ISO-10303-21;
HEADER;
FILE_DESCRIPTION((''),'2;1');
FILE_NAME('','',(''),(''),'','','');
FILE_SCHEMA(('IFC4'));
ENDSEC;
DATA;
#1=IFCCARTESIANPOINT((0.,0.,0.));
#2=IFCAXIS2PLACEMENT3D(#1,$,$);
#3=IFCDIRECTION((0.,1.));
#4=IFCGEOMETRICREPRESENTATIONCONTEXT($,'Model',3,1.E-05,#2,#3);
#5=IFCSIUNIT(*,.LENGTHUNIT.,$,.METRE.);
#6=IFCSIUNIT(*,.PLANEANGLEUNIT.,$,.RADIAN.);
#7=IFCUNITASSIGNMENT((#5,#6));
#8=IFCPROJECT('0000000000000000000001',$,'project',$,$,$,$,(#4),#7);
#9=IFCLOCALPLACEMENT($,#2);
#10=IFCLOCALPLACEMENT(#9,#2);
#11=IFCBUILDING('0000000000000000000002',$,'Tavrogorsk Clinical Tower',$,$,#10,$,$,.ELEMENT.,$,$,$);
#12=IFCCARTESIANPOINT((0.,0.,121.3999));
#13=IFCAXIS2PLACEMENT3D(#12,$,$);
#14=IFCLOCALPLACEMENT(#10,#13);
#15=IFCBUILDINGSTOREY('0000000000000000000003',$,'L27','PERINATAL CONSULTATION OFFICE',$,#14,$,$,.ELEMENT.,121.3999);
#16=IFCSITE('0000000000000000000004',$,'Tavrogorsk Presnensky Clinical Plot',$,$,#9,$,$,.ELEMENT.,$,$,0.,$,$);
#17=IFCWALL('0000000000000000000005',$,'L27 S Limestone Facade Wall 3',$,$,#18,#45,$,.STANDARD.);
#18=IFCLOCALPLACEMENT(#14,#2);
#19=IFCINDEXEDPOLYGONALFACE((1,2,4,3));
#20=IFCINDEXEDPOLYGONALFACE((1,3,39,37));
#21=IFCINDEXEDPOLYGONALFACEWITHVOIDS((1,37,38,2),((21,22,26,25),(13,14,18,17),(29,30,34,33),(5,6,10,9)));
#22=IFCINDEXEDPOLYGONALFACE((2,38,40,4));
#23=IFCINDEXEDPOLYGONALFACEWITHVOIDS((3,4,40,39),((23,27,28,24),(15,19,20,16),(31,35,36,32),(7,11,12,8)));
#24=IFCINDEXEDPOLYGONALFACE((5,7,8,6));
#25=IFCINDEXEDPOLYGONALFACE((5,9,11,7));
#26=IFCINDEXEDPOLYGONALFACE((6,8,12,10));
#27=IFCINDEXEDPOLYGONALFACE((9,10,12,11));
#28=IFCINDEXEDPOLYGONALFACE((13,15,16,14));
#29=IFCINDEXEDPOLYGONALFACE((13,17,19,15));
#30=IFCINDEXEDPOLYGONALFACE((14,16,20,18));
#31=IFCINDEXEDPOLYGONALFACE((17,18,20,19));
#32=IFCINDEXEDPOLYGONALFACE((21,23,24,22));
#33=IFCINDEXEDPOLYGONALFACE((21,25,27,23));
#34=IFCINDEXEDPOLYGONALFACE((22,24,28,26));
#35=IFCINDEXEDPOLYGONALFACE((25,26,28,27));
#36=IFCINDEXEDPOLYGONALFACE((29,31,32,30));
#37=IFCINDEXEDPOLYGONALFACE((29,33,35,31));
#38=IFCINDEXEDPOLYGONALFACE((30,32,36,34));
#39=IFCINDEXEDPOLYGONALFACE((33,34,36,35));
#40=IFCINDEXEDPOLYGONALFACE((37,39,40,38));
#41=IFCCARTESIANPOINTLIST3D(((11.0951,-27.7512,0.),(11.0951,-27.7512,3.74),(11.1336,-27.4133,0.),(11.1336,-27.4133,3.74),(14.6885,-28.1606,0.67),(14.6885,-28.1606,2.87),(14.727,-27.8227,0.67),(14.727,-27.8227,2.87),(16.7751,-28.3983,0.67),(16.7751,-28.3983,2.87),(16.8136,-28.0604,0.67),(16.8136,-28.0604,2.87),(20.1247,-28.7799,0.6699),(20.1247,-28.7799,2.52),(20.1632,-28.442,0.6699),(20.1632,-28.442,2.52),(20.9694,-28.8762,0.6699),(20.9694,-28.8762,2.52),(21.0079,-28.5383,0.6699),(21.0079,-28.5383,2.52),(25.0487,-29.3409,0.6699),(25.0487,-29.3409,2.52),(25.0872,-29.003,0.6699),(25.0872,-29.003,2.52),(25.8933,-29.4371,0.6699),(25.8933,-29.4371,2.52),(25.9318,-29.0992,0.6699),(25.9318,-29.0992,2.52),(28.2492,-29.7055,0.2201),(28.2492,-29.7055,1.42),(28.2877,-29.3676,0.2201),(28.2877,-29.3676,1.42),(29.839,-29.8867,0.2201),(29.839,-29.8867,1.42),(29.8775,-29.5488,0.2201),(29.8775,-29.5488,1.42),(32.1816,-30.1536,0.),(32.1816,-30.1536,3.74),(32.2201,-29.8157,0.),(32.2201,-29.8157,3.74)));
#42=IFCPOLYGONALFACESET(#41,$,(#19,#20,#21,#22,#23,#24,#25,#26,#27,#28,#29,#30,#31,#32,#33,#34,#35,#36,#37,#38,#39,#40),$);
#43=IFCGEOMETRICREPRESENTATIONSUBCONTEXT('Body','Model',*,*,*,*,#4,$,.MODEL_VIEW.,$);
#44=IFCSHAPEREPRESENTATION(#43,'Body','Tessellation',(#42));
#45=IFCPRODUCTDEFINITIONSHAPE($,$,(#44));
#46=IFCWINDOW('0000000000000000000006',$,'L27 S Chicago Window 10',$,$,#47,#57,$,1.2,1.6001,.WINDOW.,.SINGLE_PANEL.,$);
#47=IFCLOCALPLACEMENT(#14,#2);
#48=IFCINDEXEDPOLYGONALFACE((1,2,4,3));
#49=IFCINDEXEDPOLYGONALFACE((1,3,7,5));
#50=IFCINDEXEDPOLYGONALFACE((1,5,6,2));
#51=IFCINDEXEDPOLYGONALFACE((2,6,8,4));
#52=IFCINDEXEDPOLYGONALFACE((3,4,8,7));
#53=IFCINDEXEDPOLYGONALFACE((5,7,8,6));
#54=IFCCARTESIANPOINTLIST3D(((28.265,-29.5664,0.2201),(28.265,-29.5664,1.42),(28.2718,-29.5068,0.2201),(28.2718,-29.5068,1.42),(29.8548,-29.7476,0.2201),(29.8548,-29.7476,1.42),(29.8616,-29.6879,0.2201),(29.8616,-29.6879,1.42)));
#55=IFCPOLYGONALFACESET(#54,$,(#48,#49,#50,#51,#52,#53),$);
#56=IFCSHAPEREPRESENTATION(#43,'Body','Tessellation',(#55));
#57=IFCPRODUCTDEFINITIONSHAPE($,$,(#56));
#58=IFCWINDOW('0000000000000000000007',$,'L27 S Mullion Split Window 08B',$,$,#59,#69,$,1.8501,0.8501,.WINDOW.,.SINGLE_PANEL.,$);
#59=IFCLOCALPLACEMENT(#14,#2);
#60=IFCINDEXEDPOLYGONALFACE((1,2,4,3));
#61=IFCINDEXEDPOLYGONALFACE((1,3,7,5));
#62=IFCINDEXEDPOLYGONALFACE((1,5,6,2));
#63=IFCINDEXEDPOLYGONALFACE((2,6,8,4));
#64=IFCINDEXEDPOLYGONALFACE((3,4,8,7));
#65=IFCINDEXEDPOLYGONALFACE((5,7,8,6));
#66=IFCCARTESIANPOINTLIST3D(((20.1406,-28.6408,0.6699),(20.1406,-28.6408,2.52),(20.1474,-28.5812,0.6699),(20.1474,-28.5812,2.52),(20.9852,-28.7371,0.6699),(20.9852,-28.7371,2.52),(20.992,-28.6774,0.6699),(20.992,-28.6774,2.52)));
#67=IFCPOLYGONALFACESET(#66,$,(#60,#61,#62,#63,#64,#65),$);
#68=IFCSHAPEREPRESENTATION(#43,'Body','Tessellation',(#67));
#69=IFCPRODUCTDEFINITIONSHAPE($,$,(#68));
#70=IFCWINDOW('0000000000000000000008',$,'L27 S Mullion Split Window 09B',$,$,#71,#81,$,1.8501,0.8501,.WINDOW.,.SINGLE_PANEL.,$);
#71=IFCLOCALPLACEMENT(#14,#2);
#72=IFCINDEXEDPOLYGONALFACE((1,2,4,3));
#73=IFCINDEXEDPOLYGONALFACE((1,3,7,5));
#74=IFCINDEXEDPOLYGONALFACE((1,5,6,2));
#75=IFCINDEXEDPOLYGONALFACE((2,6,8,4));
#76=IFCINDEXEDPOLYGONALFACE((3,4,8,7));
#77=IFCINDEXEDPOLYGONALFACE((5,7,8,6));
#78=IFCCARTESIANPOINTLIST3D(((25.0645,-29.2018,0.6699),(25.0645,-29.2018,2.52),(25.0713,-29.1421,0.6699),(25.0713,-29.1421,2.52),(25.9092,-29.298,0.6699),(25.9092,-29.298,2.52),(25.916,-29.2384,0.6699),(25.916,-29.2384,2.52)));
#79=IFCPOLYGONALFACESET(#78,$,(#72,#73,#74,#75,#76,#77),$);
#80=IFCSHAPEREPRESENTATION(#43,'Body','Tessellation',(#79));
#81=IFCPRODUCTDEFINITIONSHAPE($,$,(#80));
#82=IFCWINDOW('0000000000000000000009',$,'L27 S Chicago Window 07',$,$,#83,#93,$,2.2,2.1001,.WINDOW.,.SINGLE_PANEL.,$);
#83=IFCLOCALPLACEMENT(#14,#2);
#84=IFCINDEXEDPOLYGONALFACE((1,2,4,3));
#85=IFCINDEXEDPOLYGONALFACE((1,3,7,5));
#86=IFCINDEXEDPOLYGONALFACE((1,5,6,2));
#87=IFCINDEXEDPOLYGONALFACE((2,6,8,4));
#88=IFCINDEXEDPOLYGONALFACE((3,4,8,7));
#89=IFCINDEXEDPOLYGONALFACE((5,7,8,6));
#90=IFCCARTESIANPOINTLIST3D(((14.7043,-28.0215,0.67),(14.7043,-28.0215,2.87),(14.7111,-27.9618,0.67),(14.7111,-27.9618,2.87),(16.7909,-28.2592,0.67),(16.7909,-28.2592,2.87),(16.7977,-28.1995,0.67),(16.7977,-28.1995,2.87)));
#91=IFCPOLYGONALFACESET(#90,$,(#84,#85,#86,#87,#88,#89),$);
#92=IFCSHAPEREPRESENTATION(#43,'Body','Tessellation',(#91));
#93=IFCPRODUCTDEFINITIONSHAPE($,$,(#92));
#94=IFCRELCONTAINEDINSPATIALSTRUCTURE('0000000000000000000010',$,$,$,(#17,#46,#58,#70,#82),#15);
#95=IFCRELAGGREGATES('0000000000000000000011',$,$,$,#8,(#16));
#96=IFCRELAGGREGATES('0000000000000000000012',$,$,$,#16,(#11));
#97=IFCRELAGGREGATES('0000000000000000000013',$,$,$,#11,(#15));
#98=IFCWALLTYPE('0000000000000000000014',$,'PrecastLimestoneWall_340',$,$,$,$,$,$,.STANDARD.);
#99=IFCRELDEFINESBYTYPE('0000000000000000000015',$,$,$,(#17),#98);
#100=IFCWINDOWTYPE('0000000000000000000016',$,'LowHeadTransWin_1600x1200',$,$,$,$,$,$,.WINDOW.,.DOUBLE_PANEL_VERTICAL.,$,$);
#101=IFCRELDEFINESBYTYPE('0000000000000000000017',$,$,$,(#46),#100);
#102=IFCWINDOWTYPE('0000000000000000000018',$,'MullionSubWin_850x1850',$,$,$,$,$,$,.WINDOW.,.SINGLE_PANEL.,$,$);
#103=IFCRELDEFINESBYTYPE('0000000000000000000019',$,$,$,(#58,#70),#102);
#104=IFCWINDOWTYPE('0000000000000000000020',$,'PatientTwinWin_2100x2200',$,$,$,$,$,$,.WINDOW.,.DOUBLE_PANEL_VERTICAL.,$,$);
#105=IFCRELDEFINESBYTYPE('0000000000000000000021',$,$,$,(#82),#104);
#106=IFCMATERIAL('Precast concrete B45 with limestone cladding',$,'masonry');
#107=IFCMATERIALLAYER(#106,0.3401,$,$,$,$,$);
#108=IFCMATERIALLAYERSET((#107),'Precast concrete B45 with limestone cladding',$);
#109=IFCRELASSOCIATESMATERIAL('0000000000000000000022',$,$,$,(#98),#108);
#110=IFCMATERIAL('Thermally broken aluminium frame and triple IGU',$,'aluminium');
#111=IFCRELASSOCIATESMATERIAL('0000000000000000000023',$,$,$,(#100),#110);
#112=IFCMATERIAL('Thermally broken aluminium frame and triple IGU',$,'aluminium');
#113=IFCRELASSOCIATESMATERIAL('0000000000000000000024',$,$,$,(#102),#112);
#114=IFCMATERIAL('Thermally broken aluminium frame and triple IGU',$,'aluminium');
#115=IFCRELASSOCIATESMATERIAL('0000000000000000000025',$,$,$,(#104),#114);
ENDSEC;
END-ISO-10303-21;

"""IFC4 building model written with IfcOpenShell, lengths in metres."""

from ifc_helpers import new_model, si_unit, direction, frame, frame_2d, origin, place, context, subcontext, project, spatial, rectangle, extrude, material, layer, layer_set, type_object, element, fill, save


model = new_model("IFC4")

# Units and contexts
model_context = context("Model", 3, precision=1e-05, world=origin(), true_north=direction((0.0, 1.0)))
body_context = subcontext(model_context, "Body", "Model", "MODEL_VIEW")
ifc_project = project(units=[si_unit("LENGTHUNIT", "METRE"), si_unit("PLANEANGLEUNIT", "RADIAN")], contexts=[model_context])

# Site, building, storey
site_placement = place(None, origin())
site = spatial("IfcSite", under=ifc_project, at=site_placement, Name="Tavrogorsk Presnensky Clinical Plot", CompositionType="ELEMENT", RefElevation=0.0)
building_placement = place(site_placement, origin())
building = spatial("IfcBuilding", under=site, at=building_placement, Name="Tavrogorsk Clinical Tower", CompositionType="ELEMENT")
storey_placement = place(building_placement, frame((0.0, 0.0, 121.3999)))
storey = spatial("IfcBuildingStorey", under=building, at=storey_placement, Name="L27", Description="PERINATAL CONSULTATION OFFICE", CompositionType="ELEMENT", Elevation=121.3999)

# Wall, openings, windows
ifc_material_1 = material(Name="Precast concrete B45 with limestone cladding", Category="masonry")
ifc_layer_1 = layer(ifc_material_1, 0.3401)
ifc_layer_set_1 = layer_set([ifc_layer_1], Name="Precast concrete B45 with limestone cladding")
wall_type_1 = type_object("IfcWallType", Name="PrecastLimestoneWall_340", PredefinedType="STANDARD", material=ifc_layer_set_1)
wall_1_placement = place(storey_placement, frame((11.1145, -27.5823, 0.0), z_axis=(0.0, 0.0, 1.0), x_axis=(0.993573, -0.113196, 0.0)))
wall_1 = element("IfcWall", 1, at=wall_1_placement, inside=storey, type_object=wall_type_1, Name="L27 S Limestone Facade Wall 3", PredefinedType="STANDARD", context=body_context, shape_type="SweptSolid", body=[
    extrude(rectangle(XDim=21.2229, YDim=0.3401, at=frame_2d((10.6113, 0.0))), origin(), (0.0, 0.0, 1.0), 3.74),
])
opening_1_placement = place(wall_1_placement, frame((3.6165, 0.0, 0.6699)))
opening_1 = element("IfcOpeningElement", 2, at=opening_1_placement, cuts=wall_1, PredefinedType="OPENING", context=body_context, shape_type="SweptSolid", body=[
    extrude(rectangle(XDim=2.1001, YDim=2.2, at=frame_2d((1.05, 1.1001))), frame((0.0, 0.1799, 0.0), z_axis=(0.0, -1.0, 0.0), x_axis=(1.0, 0.0, 0.0)), (0.0, 0.0, 1.0), 0.3601),
])
opening_2_placement = place(wall_1_placement, frame((9.0879, 0.0, 0.6699)))
opening_2 = element("IfcOpeningElement", 3, at=opening_2_placement, cuts=wall_1, PredefinedType="OPENING", context=body_context, shape_type="SweptSolid", body=[
    extrude(rectangle(XDim=0.8501, YDim=1.8501, at=frame_2d((0.425, 0.925))), frame((0.0, 0.1799, 0.0), z_axis=(0.0, -1.0, 0.0), x_axis=(1.0, 0.0, 0.0)), (0.0, 0.0, 1.0), 0.3601),
])
opening_3_placement = place(wall_1_placement, frame((14.0437, 0.0, 0.6699)))
opening_3 = element("IfcOpeningElement", 4, at=opening_3_placement, cuts=wall_1, PredefinedType="OPENING", context=body_context, shape_type="SweptSolid", body=[
    extrude(rectangle(XDim=0.8501, YDim=1.8501, at=frame_2d((0.425, 0.925))), frame((0.0, 0.1799, 0.0), z_axis=(0.0, -1.0, 0.0), x_axis=(1.0, 0.0, 0.0)), (0.0, 0.0, 1.0), 0.3601),
])
opening_4_placement = place(wall_1_placement, frame((17.2649, 0.0, 0.22)))
opening_4 = element("IfcOpeningElement", 5, at=opening_4_placement, cuts=wall_1, PredefinedType="OPENING", context=body_context, shape_type="SweptSolid", body=[
    extrude(rectangle(XDim=1.6001, YDim=1.2, at=frame_2d((0.8, 0.6001))), frame((0.0, 0.1799, 0.0), z_axis=(0.0, -1.0, 0.0), x_axis=(1.0, 0.0, 0.0)), (0.0, 0.0, 1.0), 0.3601),
])
ifc_material_2 = material(Name="Thermally broken aluminium frame and triple IGU", Category="aluminium")
window_type_1 = type_object("IfcWindowType", Name="LowHeadTransWin_1600x1200", PartitioningType="DOUBLE_PANEL_VERTICAL", PredefinedType="WINDOW", material=ifc_material_2)
window_1_placement = place(opening_4_placement, origin())
window_1 = element("IfcWindow", 6, at=window_1_placement, inside=storey, type_object=window_type_1, Name="L27 S Chicago Window 10", OverallHeight=1.2, OverallWidth=1.6001, PartitioningType="SINGLE_PANEL", PredefinedType="WINDOW", context=body_context, shape_type="SweptSolid", body=[
    extrude(rectangle(XDim=1.6001, YDim=1.2, at=frame_2d((0.8, 0.6001))), frame((0.0, 0.03, 0.0), z_axis=(0.0, -1.0, 0.0), x_axis=(1.0, 0.0, 0.0)), (0.0, 0.0, 1.0), 0.0601),
])
fill(opening_4, window_1)
ifc_material_3 = material(Name="Thermally broken aluminium frame and triple IGU", Category="aluminium")
window_type_2 = type_object("IfcWindowType", Name="MullionSubWin_850x1850", PartitioningType="SINGLE_PANEL", PredefinedType="WINDOW", material=ifc_material_3)
window_2_placement = place(opening_2_placement, origin())
window_2 = element("IfcWindow", 7, at=window_2_placement, inside=storey, type_object=window_type_2, Name="L27 S Mullion Split Window 08B", OverallHeight=1.8501, OverallWidth=0.8501, PartitioningType="SINGLE_PANEL", PredefinedType="WINDOW", context=body_context, shape_type="SweptSolid", body=[
    extrude(rectangle(XDim=0.8501, YDim=1.8501, at=frame_2d((0.425, 0.925))), frame((0.0, 0.03, 0.0), z_axis=(0.0, -1.0, 0.0), x_axis=(1.0, 0.0, 0.0)), (0.0, 0.0, 1.0), 0.0601),
])
fill(opening_2, window_2)
window_3_placement = place(opening_3_placement, origin())
window_3 = element("IfcWindow", 8, at=window_3_placement, inside=storey, type_object=window_type_2, Name="L27 S Mullion Split Window 09B", OverallHeight=1.8501, OverallWidth=0.8501, PartitioningType="SINGLE_PANEL", PredefinedType="WINDOW", context=body_context, shape_type="SweptSolid", body=[
    extrude(rectangle(XDim=0.8501, YDim=1.8501, at=frame_2d((0.425, 0.925))), frame((0.0, 0.03, 0.0), z_axis=(0.0, -1.0, 0.0), x_axis=(1.0, 0.0, 0.0)), (0.0, 0.0, 1.0), 0.0601),
])
fill(opening_3, window_3)
ifc_material_4 = material(Name="Thermally broken aluminium frame and triple IGU", Category="aluminium")
window_type_3 = type_object("IfcWindowType", Name="PatientTwinWin_2100x2200", PartitioningType="DOUBLE_PANEL_VERTICAL", PredefinedType="WINDOW", material=ifc_material_4)
window_4_placement = place(opening_1_placement, origin())
window_4 = element("IfcWindow", 9, at=window_4_placement, inside=storey, type_object=window_type_3, Name="L27 S Chicago Window 07", OverallHeight=2.2, OverallWidth=2.1001, PartitioningType="SINGLE_PANEL", PredefinedType="WINDOW", context=body_context, shape_type="SweptSolid", body=[
    extrude(rectangle(XDim=2.1001, YDim=2.2, at=frame_2d((1.05, 1.1001))), frame((0.0, 0.03, 0.0), z_axis=(0.0, -1.0, 0.0), x_axis=(1.0, 0.0, 0.0)), (0.0, 0.0, 1.0), 0.0601),
])
fill(opening_1, window_4)

save(model, "model.ifc")
